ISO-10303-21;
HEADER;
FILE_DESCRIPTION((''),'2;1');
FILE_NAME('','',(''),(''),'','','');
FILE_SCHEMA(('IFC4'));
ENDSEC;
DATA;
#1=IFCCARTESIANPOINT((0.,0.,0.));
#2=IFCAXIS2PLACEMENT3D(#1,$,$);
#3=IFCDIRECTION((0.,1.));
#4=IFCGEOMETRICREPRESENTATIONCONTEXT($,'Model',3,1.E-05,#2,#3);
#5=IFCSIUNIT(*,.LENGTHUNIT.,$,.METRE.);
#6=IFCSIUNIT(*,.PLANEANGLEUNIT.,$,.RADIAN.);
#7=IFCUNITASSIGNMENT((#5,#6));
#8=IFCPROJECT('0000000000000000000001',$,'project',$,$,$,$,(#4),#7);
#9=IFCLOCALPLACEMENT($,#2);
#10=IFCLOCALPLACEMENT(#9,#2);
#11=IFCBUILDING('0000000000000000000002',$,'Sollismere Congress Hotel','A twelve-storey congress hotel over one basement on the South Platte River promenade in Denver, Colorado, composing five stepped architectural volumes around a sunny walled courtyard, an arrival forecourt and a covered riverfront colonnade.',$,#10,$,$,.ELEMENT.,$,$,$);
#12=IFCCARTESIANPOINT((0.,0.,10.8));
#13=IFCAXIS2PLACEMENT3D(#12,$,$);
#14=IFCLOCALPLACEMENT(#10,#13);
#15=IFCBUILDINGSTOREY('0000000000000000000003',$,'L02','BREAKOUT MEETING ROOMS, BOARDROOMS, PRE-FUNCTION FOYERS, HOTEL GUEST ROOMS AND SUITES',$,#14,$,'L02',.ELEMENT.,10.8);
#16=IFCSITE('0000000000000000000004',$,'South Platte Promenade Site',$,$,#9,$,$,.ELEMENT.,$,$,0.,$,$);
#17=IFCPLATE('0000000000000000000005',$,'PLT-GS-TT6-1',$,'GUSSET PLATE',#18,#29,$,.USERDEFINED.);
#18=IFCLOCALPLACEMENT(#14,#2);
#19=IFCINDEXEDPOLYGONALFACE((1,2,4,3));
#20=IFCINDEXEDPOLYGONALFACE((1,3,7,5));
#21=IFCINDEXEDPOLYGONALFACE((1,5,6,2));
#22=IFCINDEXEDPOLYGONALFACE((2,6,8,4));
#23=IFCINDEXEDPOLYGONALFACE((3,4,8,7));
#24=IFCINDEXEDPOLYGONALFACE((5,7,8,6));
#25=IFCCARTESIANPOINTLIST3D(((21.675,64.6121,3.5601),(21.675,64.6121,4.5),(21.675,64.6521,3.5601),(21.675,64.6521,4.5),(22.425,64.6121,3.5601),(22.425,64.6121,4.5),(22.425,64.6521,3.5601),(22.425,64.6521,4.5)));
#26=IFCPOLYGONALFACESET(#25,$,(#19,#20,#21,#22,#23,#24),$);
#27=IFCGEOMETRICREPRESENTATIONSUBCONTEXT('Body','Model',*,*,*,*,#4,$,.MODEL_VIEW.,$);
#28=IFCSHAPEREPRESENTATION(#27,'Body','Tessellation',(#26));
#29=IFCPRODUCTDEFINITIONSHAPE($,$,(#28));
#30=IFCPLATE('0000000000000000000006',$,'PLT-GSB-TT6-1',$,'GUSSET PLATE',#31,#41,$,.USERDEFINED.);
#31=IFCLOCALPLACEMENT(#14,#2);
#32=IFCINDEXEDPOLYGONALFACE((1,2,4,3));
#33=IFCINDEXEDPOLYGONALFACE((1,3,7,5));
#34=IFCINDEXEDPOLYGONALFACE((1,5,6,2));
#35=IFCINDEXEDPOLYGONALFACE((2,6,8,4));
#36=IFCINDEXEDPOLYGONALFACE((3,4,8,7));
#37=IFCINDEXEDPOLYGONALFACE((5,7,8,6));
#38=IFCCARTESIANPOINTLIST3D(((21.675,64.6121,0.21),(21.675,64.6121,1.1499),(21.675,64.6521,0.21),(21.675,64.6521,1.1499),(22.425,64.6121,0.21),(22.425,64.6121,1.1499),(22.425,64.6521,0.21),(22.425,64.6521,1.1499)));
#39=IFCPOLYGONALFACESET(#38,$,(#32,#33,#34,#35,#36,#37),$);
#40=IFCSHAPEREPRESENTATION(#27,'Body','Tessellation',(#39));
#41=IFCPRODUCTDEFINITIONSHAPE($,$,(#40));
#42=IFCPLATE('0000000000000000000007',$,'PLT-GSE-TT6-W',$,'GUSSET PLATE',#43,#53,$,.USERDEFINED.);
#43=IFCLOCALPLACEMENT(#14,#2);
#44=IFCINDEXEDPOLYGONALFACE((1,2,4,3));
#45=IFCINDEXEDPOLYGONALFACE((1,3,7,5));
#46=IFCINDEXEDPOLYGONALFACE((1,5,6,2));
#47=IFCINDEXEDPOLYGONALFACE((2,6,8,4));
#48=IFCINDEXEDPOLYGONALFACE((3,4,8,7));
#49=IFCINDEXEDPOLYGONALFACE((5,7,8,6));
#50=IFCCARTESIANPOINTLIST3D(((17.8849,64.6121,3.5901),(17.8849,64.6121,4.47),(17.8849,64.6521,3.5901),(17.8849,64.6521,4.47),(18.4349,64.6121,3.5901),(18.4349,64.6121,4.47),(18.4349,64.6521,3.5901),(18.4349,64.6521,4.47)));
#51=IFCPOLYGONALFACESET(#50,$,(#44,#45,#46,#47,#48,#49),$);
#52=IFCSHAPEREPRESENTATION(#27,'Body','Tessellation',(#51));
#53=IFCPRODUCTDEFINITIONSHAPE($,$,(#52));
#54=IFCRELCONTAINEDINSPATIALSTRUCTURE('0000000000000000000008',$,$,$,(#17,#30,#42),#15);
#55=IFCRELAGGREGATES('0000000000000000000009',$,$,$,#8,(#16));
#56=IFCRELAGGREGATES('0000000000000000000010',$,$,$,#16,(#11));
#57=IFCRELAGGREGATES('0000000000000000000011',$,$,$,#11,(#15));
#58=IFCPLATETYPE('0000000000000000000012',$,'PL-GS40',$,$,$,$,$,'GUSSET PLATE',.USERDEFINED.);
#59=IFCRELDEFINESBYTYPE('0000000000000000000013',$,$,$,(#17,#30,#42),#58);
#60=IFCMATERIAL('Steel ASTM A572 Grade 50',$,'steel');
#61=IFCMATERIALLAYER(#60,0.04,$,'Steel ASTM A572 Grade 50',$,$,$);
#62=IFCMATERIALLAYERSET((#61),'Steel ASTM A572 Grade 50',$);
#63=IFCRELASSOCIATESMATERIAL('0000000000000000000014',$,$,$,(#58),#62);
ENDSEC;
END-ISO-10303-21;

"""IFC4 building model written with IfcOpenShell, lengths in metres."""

from ifc_helpers import new_model, si_unit, direction, frame, origin, origin_2d, place, context, subcontext, project, spatial, rectangle, extrude, material, layer, layer_set, type_object, element, save


model = new_model("IFC4")

# Units and contexts
model_context = context("Model", 3, precision=1e-05, world=origin(), true_north=direction((0.0, 1.0)))
body_context = subcontext(model_context, "Body", "Model", "MODEL_VIEW")
ifc_project = project(units=[si_unit("LENGTHUNIT", "METRE"), si_unit("PLANEANGLEUNIT", "RADIAN")], contexts=[model_context])

# Site, building, storey
site_placement = place(None, origin())
site = spatial("IfcSite", under=ifc_project, at=site_placement, Name="South Platte Promenade Site", CompositionType="ELEMENT", RefElevation=0.0)
building_placement = place(site_placement, origin())
building = spatial("IfcBuilding", under=site, at=building_placement, Name="Sollismere Congress Hotel", Description="A twelve-storey congress hotel over one basement on the South Platte River promenade in Denver, Colorado, composing five stepped architectural volumes around a sunny walled courtyard, an arrival forecourt and a covered riverfront colonnade.", CompositionType="ELEMENT")
storey_placement = place(building_placement, frame((0.0, 0.0, 10.8)))
storey = spatial("IfcBuildingStorey", under=building, at=storey_placement, Name="L02", Description="BREAKOUT MEETING ROOMS, BOARDROOMS, PRE-FUNCTION FOYERS, HOTEL GUEST ROOMS AND SUITES", LongName="L02", CompositionType="ELEMENT", Elevation=10.8)

# Plates
ifc_material_1 = material(Name="Steel ASTM A572 Grade 50", Category="steel")
ifc_layer_1 = layer(ifc_material_1, 0.04, Name="Steel ASTM A572 Grade 50")
ifc_layer_set_1 = layer_set([ifc_layer_1], Name="Steel ASTM A572 Grade 50")
plate_type_1 = type_object("IfcPlateType", Name="PL-GS40", ElementType="GUSSET PLATE", PredefinedType="USERDEFINED", material=ifc_layer_set_1)
for number, where, z_axis, x_axis, name in (
    (1, (22.05, 64.6321, 3.5601), (0.0, 0.0, 1.0), (1.0, 0.0, 0.0), "PLT-GS-TT6-1"),
    (2, (22.05, 64.6321, 0.21), (0.0, 0.0, 1.0), (1.0, 0.0, 0.0), "PLT-GSB-TT6-1"),
):
    element("IfcPlate", number, at=place(storey_placement, frame(where, z_axis=z_axis, x_axis=x_axis)), inside=storey, type_object=plate_type_1, Name=name, ObjectType="GUSSET PLATE", PredefinedType="USERDEFINED", context=body_context, shape_type="SweptSolid", body=[
        extrude(rectangle(XDim=0.75, YDim=0.04, at=origin_2d()), origin(), (0.0, 0.0, 1.0), 0.9399),
    ])
plate_1_placement = place(storey_placement, frame((18.1599, 64.6321, 3.5901), z_axis=(0.0, 0.0, 1.0), x_axis=(1.0, 0.0, 0.0)))
element("IfcPlate", 3, at=plate_1_placement, inside=storey, type_object=plate_type_1, Name="PLT-GSE-TT6-W", ObjectType="GUSSET PLATE", PredefinedType="USERDEFINED", context=body_context, shape_type="SweptSolid", body=[
    extrude(rectangle(XDim=0.55, YDim=0.04, at=origin_2d()), origin(), (0.0, 0.0, 1.0), 0.8799),
])

save(model, "model.ifc")
